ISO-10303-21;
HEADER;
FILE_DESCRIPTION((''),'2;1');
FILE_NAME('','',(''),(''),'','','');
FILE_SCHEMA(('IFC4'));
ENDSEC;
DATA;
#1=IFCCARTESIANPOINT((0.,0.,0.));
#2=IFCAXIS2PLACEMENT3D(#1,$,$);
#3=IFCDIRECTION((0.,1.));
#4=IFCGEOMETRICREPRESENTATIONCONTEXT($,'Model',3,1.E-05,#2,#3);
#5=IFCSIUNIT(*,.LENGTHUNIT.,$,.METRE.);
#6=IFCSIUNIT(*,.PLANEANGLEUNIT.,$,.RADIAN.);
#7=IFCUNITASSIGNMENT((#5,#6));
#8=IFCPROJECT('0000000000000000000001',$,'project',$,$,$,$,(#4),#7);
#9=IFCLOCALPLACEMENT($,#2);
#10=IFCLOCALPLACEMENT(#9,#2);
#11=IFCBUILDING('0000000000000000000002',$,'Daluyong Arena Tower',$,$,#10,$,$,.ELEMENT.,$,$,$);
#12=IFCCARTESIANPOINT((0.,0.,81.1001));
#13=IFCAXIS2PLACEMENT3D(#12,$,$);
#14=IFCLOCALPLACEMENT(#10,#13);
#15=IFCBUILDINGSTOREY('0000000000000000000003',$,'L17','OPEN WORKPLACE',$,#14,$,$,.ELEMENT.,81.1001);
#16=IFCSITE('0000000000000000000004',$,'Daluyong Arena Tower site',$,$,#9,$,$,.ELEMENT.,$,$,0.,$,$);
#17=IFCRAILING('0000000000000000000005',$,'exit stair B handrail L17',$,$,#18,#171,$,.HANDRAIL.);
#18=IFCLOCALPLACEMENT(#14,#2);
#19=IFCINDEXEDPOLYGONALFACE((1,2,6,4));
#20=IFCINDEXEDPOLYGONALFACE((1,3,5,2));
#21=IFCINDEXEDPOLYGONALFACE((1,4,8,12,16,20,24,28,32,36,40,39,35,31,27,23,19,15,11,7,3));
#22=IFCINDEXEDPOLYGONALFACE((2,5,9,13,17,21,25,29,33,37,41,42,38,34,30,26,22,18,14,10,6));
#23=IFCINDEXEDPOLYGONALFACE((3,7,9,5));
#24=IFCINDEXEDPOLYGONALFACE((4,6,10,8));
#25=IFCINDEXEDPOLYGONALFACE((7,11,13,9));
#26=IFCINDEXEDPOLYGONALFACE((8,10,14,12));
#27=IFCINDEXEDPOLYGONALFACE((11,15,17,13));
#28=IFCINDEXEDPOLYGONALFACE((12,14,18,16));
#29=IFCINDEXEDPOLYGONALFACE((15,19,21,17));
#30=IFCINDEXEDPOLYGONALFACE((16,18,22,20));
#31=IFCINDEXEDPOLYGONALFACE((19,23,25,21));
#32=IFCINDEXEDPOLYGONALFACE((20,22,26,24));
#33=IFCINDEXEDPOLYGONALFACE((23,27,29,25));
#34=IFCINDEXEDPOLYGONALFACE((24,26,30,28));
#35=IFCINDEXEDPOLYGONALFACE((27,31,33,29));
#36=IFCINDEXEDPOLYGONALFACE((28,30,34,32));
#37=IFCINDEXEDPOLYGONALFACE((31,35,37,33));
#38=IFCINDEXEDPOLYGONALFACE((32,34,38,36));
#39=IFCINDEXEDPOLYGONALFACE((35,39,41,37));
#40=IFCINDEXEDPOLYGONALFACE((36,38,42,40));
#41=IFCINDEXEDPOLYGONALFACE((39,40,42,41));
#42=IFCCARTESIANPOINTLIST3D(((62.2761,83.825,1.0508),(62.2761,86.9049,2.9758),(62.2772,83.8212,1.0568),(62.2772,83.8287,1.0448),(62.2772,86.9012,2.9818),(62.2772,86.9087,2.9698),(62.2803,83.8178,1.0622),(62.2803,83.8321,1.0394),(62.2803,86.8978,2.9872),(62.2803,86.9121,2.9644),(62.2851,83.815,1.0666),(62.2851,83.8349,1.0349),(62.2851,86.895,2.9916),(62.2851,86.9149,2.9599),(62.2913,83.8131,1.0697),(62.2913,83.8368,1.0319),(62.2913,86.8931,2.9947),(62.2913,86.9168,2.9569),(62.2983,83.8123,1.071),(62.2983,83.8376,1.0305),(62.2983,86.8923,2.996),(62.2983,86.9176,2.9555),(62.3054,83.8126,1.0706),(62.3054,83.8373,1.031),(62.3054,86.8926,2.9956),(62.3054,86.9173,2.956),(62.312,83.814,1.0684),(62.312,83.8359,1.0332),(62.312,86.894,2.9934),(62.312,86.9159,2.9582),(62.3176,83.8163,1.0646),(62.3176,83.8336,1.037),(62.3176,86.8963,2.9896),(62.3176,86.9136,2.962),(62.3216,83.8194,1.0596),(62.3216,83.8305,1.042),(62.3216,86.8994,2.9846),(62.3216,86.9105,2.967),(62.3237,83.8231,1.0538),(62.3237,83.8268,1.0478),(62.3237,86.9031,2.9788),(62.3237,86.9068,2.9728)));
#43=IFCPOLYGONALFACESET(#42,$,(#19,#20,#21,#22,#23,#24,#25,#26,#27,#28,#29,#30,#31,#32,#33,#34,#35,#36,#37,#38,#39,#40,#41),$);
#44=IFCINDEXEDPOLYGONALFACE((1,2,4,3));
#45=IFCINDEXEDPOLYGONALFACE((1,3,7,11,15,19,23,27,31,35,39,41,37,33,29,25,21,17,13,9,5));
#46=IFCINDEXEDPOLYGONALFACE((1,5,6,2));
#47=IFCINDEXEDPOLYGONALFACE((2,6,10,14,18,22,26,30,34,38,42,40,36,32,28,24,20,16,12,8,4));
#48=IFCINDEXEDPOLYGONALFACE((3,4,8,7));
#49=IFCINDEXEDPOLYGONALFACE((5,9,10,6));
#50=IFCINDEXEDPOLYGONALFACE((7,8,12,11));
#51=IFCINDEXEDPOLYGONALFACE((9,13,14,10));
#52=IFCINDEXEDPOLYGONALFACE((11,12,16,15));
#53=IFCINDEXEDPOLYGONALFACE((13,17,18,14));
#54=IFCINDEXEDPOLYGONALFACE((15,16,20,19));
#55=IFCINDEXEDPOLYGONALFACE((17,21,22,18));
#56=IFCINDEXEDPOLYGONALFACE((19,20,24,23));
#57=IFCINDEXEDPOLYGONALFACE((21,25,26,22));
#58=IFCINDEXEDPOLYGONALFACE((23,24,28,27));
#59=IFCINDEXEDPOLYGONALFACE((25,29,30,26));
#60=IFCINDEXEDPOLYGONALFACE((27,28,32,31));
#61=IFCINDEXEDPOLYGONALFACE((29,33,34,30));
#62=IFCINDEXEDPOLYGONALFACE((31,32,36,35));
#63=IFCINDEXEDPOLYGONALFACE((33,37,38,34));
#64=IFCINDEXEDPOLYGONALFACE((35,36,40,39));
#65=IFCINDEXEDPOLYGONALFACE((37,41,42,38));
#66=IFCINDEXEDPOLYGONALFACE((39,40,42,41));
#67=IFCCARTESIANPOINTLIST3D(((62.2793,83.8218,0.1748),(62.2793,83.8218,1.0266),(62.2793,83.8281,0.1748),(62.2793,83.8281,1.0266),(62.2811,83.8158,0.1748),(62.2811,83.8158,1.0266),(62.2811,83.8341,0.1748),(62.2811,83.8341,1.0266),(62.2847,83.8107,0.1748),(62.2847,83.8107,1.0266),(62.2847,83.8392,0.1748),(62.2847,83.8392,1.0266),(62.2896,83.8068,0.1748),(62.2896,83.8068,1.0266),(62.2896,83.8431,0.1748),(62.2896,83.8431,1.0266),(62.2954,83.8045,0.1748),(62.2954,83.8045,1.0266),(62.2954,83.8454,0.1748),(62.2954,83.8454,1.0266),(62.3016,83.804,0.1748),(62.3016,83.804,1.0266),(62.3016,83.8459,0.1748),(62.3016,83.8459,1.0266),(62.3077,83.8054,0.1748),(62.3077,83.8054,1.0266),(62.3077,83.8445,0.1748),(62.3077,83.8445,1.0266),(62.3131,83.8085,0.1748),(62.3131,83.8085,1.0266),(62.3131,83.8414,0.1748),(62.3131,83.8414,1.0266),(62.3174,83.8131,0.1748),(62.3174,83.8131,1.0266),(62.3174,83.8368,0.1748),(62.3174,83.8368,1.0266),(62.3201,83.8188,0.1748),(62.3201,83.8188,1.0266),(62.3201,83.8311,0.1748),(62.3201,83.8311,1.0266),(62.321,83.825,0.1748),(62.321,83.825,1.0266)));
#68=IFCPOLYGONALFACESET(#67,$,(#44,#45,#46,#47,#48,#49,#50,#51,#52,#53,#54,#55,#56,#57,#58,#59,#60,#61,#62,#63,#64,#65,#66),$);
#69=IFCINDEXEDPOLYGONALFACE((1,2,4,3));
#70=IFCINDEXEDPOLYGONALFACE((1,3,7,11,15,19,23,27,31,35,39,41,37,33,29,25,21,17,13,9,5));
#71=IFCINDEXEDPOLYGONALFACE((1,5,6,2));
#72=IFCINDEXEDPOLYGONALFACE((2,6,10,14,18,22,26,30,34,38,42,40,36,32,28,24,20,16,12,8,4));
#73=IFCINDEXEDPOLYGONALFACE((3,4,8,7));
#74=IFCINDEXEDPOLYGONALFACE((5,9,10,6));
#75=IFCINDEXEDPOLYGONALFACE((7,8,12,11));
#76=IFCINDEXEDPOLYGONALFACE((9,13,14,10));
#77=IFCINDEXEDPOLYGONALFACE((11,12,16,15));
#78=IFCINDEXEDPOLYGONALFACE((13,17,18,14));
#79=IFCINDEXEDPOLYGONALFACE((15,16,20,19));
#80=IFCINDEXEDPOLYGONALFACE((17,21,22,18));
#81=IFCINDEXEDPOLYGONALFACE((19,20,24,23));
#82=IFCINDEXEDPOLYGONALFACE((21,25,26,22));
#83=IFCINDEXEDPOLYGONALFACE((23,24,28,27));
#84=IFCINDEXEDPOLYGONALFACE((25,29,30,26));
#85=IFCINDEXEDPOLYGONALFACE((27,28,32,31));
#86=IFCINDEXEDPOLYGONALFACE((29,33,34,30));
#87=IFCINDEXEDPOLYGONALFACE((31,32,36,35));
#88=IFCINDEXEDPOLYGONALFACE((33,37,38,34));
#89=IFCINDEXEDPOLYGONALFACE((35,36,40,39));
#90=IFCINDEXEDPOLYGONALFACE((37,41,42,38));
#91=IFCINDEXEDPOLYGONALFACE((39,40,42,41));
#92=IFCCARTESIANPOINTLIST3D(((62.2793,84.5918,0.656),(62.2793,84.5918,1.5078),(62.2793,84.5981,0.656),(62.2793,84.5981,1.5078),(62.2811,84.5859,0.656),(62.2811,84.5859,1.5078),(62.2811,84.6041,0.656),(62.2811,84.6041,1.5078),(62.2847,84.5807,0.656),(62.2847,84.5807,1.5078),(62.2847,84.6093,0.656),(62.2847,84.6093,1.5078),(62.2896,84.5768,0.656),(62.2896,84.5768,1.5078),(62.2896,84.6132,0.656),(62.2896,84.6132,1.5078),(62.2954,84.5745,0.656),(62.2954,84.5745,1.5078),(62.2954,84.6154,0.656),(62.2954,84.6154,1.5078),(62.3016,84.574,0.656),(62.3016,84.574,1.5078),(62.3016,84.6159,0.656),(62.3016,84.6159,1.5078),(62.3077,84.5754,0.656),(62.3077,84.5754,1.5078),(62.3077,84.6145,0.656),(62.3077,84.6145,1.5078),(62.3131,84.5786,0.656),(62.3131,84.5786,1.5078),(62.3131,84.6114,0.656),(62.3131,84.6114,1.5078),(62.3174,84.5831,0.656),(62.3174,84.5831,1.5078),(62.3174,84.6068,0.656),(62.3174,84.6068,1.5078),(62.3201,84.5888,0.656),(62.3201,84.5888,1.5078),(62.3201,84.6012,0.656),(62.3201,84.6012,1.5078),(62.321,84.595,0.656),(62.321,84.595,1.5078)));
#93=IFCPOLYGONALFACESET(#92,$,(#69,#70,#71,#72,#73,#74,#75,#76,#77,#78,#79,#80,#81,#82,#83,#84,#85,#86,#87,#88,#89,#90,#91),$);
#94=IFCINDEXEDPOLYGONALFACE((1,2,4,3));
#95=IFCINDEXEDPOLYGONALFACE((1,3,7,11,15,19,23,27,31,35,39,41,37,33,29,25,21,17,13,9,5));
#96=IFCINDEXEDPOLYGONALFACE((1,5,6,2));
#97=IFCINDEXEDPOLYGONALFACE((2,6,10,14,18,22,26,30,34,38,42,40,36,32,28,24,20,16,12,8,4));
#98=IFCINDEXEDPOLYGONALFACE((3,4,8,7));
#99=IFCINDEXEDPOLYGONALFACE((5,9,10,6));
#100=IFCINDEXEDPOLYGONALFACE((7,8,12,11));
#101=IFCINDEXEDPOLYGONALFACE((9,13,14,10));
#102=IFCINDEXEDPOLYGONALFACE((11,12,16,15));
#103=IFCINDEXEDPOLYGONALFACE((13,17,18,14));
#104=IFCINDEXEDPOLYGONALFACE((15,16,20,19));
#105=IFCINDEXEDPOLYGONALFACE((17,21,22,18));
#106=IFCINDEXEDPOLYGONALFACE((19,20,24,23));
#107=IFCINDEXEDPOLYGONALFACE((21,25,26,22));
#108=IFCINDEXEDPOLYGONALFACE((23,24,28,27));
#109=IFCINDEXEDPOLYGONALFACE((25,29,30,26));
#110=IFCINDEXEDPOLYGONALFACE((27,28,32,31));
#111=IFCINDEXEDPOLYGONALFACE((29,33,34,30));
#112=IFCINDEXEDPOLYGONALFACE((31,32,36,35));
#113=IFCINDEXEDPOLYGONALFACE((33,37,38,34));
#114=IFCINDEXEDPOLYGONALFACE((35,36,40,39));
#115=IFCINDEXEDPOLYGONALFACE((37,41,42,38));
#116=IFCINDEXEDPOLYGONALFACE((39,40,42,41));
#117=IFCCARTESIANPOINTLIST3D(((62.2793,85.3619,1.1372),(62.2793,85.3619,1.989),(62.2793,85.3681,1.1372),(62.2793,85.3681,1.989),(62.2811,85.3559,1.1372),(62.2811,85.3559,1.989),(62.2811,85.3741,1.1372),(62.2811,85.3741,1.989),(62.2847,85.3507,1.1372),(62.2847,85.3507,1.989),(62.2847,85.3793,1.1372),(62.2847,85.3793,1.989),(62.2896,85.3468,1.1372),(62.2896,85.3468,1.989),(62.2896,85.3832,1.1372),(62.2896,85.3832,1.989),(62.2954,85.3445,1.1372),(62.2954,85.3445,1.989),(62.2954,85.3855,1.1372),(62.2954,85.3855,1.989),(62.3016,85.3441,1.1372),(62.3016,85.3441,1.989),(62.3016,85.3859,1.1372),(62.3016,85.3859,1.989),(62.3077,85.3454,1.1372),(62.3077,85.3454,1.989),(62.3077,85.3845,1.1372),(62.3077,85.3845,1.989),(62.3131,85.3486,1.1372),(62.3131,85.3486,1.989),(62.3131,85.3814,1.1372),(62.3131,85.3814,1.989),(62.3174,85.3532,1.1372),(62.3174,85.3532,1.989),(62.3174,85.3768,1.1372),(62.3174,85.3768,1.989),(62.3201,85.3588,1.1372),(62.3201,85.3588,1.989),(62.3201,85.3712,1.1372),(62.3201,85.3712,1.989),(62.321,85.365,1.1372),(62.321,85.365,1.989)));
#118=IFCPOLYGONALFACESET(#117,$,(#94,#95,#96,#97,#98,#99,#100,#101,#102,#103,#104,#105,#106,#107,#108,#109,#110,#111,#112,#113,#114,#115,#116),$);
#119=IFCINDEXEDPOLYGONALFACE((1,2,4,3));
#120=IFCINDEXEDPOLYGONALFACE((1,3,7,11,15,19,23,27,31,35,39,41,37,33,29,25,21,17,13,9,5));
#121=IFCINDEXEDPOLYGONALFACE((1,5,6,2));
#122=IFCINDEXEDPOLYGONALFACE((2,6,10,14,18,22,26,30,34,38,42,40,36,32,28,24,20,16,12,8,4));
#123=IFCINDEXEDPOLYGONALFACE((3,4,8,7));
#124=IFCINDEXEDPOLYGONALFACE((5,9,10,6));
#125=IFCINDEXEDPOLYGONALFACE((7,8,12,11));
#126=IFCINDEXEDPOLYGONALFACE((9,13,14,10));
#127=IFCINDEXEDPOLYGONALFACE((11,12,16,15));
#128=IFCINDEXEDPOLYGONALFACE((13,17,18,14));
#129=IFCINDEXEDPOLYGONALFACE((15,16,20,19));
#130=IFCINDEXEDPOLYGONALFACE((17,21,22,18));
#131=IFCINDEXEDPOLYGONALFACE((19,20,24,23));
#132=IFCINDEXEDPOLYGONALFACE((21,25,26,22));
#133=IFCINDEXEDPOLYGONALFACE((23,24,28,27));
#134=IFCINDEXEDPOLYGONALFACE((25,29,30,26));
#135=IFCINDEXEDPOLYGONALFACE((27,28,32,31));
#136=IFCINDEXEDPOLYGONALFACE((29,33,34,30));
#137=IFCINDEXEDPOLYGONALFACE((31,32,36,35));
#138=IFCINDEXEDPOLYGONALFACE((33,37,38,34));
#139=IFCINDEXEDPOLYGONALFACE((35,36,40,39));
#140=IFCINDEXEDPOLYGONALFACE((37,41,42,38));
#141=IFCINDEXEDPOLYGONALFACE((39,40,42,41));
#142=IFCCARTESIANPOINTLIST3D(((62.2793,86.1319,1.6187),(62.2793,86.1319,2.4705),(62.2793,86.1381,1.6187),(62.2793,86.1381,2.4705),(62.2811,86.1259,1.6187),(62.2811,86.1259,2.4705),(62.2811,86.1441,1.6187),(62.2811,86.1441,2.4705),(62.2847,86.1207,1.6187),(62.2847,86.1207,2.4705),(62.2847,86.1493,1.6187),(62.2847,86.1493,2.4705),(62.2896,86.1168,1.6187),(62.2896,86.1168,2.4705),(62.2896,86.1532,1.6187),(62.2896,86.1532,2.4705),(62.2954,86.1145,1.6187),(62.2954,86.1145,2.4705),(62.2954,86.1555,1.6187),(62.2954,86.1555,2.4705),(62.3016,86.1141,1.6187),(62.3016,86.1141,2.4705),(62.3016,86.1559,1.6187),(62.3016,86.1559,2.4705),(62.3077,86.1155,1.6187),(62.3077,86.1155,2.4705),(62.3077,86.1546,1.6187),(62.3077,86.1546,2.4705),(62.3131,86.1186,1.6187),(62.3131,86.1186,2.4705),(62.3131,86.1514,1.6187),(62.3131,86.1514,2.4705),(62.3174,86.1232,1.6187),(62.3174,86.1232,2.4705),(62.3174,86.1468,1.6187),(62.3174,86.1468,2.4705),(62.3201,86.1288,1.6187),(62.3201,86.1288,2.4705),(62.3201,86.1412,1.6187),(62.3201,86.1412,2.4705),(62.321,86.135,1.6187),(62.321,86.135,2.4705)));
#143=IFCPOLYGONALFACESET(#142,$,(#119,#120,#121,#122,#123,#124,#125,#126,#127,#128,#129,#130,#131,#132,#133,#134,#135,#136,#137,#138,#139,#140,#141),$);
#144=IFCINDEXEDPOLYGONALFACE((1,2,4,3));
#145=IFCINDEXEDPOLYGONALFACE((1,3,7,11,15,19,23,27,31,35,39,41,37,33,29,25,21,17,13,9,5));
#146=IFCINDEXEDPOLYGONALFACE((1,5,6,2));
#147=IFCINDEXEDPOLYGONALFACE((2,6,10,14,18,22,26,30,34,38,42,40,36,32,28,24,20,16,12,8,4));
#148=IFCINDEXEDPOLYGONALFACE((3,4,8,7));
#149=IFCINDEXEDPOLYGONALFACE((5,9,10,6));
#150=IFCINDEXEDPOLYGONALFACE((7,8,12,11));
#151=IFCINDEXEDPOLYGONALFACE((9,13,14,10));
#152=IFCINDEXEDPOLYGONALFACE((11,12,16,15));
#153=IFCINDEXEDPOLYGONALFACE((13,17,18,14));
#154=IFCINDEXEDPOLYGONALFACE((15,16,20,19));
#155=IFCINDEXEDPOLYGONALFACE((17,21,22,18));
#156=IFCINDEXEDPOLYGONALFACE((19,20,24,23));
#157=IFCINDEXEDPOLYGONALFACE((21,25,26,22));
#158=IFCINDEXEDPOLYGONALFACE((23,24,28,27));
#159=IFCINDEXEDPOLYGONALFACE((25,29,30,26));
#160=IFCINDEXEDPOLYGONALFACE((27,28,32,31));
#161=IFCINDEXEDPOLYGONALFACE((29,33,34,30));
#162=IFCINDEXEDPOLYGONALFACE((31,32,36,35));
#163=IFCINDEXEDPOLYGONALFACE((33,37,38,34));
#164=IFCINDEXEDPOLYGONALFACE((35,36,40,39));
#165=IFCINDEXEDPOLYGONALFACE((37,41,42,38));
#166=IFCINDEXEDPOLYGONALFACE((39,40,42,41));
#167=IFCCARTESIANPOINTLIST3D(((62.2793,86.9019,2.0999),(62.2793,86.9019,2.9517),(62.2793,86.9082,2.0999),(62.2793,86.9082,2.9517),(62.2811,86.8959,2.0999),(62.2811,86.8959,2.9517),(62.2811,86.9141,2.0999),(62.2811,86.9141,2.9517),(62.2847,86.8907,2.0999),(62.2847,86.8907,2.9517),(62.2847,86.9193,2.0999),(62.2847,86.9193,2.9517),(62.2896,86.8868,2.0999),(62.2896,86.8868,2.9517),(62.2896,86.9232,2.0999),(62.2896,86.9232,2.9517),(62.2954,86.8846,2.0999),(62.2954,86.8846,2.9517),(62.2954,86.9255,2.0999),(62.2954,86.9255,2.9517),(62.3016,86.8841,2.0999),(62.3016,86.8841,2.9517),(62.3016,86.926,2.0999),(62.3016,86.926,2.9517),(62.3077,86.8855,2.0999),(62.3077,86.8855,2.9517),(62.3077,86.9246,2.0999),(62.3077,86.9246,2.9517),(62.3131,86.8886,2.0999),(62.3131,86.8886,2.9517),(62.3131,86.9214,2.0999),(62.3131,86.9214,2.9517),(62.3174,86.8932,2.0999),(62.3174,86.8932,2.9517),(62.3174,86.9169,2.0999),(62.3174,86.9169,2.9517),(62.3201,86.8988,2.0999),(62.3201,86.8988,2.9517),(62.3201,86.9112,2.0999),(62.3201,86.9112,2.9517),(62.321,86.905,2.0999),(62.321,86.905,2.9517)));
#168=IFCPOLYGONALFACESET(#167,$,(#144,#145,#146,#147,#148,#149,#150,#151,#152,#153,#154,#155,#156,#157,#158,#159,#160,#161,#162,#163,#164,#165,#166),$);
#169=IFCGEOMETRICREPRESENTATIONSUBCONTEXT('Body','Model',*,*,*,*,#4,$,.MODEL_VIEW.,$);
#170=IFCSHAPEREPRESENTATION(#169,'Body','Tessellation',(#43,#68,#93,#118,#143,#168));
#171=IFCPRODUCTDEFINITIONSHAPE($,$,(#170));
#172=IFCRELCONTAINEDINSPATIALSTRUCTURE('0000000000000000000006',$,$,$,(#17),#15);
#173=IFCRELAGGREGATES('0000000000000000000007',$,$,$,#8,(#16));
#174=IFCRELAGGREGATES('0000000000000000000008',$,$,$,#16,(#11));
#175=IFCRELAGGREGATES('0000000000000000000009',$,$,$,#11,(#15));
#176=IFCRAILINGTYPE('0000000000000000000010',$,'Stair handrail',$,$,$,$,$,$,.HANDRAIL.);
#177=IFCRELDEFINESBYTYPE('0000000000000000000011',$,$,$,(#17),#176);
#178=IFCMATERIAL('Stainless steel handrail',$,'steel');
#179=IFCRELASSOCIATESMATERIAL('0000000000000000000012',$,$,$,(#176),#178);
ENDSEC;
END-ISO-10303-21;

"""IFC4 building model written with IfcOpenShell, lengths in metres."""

from ifc_helpers import new_model, si_unit, direction, frame, origin, origin_2d, place, context, subcontext, project, spatial, circle, extrude, material, type_object, element, save


model = new_model("IFC4")

# Units and contexts
model_context = context("Model", 3, precision=1e-05, world=origin(), true_north=direction((0.0, 1.0)))
body_context = subcontext(model_context, "Body", "Model", "MODEL_VIEW")
ifc_project = project(units=[si_unit("LENGTHUNIT", "METRE"), si_unit("PLANEANGLEUNIT", "RADIAN")], contexts=[model_context])

# Site, building, storey
site_placement = place(None, origin())
site = spatial("IfcSite", under=ifc_project, at=site_placement, Name="Daluyong Arena Tower site", CompositionType="ELEMENT", RefElevation=0.0)
building_placement = place(site_placement, origin())
building = spatial("IfcBuilding", under=site, at=building_placement, Name="Daluyong Arena Tower", CompositionType="ELEMENT")
storey_placement = place(building_placement, frame((0.0, 0.0, 81.1001)))
storey = spatial("IfcBuildingStorey", under=building, at=storey_placement, Name="L17", Description="OPEN WORKPLACE", CompositionType="ELEMENT", Elevation=81.1001)

# Railing
ifc_material_1 = material(Name="Stainless steel handrail", Category="steel")
railing_type_1 = type_object("IfcRailingType", Name="Stair handrail", PredefinedType="HANDRAIL", material=ifc_material_1)
railing_1_placement = place(storey_placement, frame((62.3, 83.825, 0.1748)))
element("IfcRailing", 1, at=railing_1_placement, inside=storey, type_object=railing_type_1, Name="exit stair B handrail L17", PredefinedType="HANDRAIL", context=body_context, shape_type="SweptSolid", body=[
    extrude(circle(Radius=0.0239, at=origin_2d()), frame((0.0, 0.0, 0.876), z_axis=(0.0, 0.847998, 0.529999), x_axis=(-1.0, 0.0, 0.0)), (0.0, 0.0, 1.0), 3.6321),
    extrude(circle(Radius=0.021, at=origin_2d()), origin(), (0.0, 0.0, 1.0), 0.8518),
    extrude(circle(Radius=0.021, at=origin_2d()), frame((0.0, 0.77, 0.4812)), (0.0, 0.0, 1.0), 0.8518),
    extrude(circle(Radius=0.021, at=origin_2d()), frame((0.0, 1.54, 0.9624)), (0.0, 0.0, 1.0), 0.8518),
    extrude(circle(Radius=0.021, at=origin_2d()), frame((0.0, 2.3101, 1.4438)), (0.0, 0.0, 1.0), 0.8518),
    extrude(circle(Radius=0.021, at=origin_2d()), frame((0.0, 3.0801, 1.925)), (0.0, 0.0, 1.0), 0.8518),
])

save(model, "model.ifc")
